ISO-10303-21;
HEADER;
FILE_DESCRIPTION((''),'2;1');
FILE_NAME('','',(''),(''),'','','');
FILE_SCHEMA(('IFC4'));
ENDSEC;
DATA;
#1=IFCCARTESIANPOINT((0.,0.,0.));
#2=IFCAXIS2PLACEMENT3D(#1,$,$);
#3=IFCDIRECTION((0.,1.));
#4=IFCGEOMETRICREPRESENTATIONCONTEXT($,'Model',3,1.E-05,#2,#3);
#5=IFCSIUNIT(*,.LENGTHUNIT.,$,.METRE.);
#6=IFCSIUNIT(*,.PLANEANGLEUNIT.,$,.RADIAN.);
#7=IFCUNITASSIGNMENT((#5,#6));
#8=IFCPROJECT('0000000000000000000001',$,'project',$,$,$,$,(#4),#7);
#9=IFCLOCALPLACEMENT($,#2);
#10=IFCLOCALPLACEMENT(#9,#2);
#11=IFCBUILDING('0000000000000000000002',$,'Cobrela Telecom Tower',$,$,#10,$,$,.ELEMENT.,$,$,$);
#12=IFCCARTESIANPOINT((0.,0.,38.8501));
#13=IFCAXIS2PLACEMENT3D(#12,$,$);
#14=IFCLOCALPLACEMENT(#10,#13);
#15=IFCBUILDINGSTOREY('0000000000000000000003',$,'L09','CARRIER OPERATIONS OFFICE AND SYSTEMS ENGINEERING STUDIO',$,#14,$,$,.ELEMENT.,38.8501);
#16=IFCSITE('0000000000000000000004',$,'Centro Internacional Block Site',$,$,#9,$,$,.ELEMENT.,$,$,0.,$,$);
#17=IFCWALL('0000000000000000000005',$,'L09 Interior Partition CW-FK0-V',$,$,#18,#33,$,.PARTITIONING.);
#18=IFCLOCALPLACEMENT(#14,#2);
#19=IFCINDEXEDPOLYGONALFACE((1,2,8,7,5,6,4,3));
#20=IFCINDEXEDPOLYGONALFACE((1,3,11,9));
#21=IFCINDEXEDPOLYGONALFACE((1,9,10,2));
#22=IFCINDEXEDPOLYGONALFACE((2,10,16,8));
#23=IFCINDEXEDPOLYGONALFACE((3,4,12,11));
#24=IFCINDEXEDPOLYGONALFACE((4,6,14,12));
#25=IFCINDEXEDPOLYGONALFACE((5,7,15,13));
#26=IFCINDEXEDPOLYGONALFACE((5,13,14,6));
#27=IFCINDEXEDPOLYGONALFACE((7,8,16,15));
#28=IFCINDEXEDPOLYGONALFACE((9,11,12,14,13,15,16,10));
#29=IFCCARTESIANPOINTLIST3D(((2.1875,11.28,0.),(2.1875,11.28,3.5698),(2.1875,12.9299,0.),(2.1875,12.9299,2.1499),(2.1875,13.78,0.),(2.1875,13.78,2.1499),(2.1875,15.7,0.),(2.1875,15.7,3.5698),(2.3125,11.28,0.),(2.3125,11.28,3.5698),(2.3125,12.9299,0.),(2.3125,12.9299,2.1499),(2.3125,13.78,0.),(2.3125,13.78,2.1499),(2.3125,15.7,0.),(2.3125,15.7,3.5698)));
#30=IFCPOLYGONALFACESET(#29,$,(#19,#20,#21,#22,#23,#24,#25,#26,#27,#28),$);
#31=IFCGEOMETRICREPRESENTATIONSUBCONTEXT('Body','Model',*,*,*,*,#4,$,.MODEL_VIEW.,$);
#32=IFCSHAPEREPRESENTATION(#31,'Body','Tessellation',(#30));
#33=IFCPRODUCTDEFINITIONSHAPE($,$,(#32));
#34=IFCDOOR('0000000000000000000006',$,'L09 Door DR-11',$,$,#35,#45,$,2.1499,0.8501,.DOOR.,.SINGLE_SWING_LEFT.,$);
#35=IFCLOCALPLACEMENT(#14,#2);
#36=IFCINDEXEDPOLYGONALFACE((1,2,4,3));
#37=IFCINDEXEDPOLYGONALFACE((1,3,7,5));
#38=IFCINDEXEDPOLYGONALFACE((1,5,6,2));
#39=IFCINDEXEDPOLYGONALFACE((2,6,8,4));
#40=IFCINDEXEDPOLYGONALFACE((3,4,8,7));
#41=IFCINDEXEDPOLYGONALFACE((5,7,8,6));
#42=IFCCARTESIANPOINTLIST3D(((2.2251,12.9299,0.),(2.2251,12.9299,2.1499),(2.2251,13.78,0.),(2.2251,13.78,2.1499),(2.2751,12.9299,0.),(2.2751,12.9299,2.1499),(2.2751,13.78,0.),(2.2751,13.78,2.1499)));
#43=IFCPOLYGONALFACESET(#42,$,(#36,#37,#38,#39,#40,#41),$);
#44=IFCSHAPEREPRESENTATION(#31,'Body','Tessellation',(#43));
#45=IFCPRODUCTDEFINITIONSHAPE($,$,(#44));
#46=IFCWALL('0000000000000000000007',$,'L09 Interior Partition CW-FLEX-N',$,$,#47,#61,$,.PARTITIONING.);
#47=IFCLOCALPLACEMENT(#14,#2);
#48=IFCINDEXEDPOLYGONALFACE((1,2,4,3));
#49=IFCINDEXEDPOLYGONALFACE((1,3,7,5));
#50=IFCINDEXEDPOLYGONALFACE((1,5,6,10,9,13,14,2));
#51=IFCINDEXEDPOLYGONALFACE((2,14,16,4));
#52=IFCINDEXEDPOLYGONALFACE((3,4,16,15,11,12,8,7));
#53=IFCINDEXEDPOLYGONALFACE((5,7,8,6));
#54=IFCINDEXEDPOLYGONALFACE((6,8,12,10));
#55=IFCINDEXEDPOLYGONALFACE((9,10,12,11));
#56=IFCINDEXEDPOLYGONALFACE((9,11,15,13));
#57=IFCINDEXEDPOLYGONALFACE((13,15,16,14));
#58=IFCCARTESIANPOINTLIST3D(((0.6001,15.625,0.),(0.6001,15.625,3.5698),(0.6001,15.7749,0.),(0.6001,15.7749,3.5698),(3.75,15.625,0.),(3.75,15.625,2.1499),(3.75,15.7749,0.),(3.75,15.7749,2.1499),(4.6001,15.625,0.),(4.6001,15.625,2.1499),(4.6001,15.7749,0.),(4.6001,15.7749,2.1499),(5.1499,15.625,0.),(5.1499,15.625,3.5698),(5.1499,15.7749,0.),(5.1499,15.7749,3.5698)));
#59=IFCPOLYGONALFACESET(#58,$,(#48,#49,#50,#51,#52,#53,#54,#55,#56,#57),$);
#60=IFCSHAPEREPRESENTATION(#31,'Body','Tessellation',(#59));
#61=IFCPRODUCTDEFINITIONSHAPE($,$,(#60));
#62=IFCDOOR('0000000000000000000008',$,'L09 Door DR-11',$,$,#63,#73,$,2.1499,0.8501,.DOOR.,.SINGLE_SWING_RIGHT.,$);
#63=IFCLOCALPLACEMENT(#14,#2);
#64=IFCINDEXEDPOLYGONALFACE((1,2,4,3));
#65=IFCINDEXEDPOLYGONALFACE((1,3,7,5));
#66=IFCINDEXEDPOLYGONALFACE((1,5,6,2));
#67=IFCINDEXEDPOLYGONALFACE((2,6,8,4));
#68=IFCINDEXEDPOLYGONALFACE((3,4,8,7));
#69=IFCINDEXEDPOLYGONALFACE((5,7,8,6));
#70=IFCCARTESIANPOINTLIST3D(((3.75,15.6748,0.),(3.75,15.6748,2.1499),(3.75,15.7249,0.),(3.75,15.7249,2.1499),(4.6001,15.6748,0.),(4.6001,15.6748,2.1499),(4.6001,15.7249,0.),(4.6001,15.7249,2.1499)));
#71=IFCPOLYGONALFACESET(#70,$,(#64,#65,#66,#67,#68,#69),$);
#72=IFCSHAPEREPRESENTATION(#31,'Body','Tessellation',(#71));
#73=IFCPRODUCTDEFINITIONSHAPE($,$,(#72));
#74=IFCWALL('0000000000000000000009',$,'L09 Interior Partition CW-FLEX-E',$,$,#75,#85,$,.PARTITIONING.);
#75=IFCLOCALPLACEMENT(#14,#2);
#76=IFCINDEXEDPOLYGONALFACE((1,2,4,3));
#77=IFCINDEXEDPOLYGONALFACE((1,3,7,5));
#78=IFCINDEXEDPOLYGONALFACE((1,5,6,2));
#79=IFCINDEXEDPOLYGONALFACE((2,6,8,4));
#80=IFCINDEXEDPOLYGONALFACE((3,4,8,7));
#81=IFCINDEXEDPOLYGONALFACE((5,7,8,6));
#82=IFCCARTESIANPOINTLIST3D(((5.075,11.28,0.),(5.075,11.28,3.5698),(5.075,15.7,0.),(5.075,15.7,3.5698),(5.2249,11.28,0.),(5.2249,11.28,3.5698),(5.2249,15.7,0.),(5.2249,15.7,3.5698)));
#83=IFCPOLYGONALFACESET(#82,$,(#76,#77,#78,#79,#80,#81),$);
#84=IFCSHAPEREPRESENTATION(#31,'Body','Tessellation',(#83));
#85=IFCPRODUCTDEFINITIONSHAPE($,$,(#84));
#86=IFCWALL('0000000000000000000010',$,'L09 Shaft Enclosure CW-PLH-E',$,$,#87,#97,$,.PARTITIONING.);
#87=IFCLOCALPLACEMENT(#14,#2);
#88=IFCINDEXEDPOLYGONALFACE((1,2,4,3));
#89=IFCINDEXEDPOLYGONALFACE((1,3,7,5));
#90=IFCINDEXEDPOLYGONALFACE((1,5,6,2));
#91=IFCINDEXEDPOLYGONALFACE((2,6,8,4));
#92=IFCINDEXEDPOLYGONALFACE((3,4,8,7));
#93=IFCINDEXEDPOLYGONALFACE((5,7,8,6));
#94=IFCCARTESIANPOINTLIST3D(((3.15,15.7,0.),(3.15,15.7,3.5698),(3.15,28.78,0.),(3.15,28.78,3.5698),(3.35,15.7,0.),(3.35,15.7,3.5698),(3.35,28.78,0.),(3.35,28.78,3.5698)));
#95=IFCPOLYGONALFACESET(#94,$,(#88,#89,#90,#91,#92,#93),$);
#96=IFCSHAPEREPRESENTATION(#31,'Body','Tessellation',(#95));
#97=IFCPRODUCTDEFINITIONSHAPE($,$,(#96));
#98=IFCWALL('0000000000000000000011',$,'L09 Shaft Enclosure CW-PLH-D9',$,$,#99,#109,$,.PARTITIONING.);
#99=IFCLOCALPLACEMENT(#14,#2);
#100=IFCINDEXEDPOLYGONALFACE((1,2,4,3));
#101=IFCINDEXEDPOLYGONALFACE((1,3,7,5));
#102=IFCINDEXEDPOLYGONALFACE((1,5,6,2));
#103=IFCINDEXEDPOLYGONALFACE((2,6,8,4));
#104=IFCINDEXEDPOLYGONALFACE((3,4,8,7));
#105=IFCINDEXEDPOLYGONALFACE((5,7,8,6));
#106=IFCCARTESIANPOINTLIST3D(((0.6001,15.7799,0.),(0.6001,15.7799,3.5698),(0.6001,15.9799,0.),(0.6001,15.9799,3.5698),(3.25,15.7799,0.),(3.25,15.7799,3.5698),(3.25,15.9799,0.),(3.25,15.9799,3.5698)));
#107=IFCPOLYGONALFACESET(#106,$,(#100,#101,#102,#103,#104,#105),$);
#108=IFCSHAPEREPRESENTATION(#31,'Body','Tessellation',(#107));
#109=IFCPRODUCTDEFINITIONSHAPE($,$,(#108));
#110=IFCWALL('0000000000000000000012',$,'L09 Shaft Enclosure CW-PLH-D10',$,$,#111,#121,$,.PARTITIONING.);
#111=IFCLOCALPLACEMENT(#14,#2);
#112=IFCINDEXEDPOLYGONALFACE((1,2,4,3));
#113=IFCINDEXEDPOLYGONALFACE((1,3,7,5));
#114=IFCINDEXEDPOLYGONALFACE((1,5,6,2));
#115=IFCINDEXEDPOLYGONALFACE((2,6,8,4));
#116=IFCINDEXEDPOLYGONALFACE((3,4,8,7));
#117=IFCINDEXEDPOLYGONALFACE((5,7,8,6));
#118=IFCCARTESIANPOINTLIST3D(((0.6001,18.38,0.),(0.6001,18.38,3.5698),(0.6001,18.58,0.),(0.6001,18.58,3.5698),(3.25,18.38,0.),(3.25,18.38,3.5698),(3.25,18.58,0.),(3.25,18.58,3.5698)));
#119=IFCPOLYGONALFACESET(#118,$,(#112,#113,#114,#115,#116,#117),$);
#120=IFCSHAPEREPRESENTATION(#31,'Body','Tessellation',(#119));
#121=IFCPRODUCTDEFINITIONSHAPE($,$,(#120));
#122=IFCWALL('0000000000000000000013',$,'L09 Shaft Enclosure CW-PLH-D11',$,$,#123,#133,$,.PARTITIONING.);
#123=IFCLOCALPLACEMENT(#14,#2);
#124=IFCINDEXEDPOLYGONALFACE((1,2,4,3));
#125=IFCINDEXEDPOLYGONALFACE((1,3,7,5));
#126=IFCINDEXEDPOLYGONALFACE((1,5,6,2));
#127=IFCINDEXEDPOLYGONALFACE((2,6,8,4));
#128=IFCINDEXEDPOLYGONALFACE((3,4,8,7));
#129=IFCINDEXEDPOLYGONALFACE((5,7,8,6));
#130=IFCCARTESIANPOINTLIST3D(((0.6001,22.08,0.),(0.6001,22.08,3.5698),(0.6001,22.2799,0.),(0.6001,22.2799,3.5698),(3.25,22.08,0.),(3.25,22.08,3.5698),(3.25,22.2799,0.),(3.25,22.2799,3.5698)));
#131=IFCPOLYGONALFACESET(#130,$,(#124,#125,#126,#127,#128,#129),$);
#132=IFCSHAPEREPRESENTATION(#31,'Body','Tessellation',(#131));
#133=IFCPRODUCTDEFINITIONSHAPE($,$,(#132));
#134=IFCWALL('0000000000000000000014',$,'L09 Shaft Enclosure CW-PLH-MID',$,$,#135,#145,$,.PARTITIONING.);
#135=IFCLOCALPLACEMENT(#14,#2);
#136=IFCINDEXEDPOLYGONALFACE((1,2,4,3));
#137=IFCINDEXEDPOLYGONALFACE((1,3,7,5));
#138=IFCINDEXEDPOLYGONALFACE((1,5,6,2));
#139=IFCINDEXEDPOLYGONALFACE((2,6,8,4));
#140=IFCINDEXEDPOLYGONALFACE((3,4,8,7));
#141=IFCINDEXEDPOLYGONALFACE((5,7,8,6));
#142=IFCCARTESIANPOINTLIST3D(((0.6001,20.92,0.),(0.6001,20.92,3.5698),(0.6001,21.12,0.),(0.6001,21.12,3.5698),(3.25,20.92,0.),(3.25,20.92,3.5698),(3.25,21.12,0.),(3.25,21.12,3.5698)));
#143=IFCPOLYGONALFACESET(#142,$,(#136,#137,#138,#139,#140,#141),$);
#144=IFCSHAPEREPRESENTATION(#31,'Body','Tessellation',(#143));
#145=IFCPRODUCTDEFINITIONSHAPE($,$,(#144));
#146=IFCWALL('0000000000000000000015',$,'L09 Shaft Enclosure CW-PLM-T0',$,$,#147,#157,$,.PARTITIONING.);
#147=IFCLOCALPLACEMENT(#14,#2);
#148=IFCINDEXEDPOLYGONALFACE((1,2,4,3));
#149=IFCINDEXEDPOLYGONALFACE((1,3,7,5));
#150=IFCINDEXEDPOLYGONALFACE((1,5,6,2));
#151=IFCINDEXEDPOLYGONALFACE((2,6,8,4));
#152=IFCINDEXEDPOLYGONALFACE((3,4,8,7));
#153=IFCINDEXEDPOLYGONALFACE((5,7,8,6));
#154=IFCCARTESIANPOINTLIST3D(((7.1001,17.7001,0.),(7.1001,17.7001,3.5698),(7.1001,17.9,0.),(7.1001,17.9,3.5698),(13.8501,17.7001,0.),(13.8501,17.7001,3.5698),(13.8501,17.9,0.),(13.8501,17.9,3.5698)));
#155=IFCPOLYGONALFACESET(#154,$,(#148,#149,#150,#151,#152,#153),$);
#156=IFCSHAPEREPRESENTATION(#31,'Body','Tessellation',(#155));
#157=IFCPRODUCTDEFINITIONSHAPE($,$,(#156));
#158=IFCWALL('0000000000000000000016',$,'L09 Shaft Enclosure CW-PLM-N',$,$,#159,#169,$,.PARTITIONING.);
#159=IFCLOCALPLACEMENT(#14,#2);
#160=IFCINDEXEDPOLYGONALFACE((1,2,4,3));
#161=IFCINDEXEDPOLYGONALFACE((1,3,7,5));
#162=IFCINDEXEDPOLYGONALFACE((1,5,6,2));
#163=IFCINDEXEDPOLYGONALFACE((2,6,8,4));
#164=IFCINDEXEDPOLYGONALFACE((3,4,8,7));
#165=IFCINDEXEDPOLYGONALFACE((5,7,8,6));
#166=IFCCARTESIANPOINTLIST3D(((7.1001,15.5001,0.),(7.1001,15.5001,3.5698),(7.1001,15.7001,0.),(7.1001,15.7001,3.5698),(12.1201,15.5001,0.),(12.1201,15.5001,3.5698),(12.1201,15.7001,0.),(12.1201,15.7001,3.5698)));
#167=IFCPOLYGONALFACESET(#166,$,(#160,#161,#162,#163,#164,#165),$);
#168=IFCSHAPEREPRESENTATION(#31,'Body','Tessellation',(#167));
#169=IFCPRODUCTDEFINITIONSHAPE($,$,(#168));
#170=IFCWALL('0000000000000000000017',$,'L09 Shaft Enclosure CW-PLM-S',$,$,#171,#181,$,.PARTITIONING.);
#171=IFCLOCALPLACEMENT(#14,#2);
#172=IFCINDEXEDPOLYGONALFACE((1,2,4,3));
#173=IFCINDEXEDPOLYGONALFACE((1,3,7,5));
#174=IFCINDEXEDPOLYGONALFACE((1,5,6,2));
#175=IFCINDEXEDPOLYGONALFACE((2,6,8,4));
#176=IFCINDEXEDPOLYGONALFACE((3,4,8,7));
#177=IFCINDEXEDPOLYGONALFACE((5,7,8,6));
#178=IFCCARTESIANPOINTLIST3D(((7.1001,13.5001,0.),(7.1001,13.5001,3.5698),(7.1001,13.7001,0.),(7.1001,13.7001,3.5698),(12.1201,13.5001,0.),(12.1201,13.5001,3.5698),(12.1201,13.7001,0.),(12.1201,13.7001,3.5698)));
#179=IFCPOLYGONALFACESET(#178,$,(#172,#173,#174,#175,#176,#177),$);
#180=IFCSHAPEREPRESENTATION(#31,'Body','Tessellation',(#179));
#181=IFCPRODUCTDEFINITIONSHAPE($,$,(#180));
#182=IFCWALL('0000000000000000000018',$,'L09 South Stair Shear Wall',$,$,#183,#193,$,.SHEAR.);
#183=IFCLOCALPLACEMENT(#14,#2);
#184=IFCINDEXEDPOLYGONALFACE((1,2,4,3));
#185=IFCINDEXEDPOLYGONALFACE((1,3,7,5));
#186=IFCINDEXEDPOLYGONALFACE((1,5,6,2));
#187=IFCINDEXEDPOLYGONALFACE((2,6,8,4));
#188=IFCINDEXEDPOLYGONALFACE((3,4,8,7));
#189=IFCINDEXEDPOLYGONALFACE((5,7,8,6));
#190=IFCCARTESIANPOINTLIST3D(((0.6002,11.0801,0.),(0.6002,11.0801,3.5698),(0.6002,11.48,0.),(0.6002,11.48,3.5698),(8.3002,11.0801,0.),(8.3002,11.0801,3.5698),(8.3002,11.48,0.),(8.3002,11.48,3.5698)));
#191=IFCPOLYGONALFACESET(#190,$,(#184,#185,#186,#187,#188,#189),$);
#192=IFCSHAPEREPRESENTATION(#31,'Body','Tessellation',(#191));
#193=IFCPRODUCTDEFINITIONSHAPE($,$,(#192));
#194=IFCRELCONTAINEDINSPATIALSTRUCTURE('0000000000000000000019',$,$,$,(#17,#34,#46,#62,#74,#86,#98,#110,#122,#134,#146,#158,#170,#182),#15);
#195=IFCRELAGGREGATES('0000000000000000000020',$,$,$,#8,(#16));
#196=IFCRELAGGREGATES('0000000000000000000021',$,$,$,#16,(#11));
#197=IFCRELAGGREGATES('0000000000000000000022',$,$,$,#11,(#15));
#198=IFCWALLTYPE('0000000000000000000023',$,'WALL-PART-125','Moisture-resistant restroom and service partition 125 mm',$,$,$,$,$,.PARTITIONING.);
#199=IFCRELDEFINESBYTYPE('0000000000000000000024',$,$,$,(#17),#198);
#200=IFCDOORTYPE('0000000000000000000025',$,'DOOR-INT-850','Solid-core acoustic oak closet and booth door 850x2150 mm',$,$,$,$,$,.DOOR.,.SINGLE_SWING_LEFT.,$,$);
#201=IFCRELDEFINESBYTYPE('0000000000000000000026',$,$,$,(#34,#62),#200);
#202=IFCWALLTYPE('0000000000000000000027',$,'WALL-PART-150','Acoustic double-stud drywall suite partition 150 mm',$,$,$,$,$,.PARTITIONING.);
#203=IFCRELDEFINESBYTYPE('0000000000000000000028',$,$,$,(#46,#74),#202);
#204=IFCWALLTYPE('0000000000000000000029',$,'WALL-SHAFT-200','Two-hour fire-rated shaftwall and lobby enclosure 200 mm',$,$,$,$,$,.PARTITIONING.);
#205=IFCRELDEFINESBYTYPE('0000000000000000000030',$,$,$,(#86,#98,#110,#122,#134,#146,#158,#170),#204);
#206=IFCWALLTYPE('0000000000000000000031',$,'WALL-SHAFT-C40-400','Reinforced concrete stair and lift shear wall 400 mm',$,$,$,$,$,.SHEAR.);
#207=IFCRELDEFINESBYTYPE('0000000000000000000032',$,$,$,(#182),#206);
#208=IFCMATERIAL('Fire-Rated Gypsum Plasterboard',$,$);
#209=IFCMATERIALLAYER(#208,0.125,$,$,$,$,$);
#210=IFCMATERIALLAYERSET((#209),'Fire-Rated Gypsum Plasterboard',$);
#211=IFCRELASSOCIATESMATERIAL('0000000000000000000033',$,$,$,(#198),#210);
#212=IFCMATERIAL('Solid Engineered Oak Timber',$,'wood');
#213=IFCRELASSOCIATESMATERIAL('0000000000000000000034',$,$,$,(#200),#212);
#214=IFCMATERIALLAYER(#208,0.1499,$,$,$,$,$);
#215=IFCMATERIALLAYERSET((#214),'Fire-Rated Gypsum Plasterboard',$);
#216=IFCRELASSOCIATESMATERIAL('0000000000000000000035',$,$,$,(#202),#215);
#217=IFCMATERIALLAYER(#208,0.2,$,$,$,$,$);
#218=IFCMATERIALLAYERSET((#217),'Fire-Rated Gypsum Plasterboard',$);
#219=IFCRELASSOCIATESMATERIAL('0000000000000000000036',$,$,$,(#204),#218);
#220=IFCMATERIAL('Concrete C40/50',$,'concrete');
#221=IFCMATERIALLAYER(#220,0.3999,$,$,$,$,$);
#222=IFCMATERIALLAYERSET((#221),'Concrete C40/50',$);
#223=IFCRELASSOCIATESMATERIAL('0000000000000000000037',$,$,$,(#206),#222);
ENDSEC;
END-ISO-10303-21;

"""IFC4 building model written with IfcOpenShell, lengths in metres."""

from ifc_helpers import new_model, si_unit, direction, frame, frame_2d, origin, place, context, subcontext, project, spatial, rectangle, extrude, material, layer, layer_set, type_object, element, fill, save


model = new_model("IFC4")

# Units and contexts
model_context = context("Model", 3, precision=1e-05, world=origin(), true_north=direction((0.0, 1.0)))
body_context = subcontext(model_context, "Body", "Model", "MODEL_VIEW")
ifc_project = project(units=[si_unit("LENGTHUNIT", "METRE"), si_unit("PLANEANGLEUNIT", "RADIAN")], contexts=[model_context])

# Site, building, storey
site_placement = place(None, origin())
site = spatial("IfcSite", under=ifc_project, at=site_placement, Name="Centro Internacional Block Site", CompositionType="ELEMENT", RefElevation=0.0)
building_placement = place(site_placement, origin())
building = spatial("IfcBuilding", under=site, at=building_placement, Name="Cobrela Telecom Tower", CompositionType="ELEMENT")
storey_placement = place(building_placement, frame((0.0, 0.0, 38.8501)))
storey = spatial("IfcBuildingStorey", under=building, at=storey_placement, Name="L09", Description="CARRIER OPERATIONS OFFICE AND SYSTEMS ENGINEERING STUDIO", CompositionType="ELEMENT", Elevation=38.8501)

# Walls, openings, doors
ifc_material_1 = material(Name="Fire-Rated Gypsum Plasterboard")
ifc_layer_1 = layer(ifc_material_1, 0.125)
ifc_layer_set_1 = layer_set([ifc_layer_1], Name="Fire-Rated Gypsum Plasterboard")
wall_type_1 = type_object("IfcWallType", Name="WALL-PART-125", Description="Moisture-resistant restroom and service partition 125 mm", PredefinedType="PARTITIONING", material=ifc_layer_set_1)
wall_1_placement = place(storey_placement, frame((2.25, 11.28, 0.0), z_axis=(0.0, 0.0, 1.0), x_axis=(0.0, 1.0, 0.0)))
wall_1 = element("IfcWall", 1, at=wall_1_placement, inside=storey, type_object=wall_type_1, Name="L09 Interior Partition CW-FK0-V", PredefinedType="PARTITIONING", context=body_context, shape_type="SweptSolid", body=[
    extrude(rectangle(XDim=4.4199, YDim=0.125, at=frame_2d((2.21, 0.0))), origin(), (0.0, 0.0, 1.0), 3.5698),
])
opening_1_placement = place(wall_1_placement, frame((1.6499, 0.0, 0.0)))
opening_1 = element("IfcOpeningElement", 2, at=opening_1_placement, cuts=wall_1, PredefinedType="OPENING", context=body_context, shape_type="SweptSolid", body=[
    extrude(rectangle(XDim=0.8501, YDim=2.1499, at=frame_2d((0.425, 1.075))), frame((0.0, 0.0745, 0.0), z_axis=(0.0, -1.0, 0.0), x_axis=(1.0, 0.0, 0.0)), (0.0, 0.0, 1.0), 0.1489),
])
ifc_material_2 = material(Name="Solid Engineered Oak Timber", Category="wood")
door_type = type_object("IfcDoorType", Name="DOOR-INT-850", Description="Solid-core acoustic oak closet and booth door 850x2150 mm", OperationType="SINGLE_SWING_LEFT", PredefinedType="DOOR", material=ifc_material_2)
door_1_placement = place(opening_1_placement, origin())
door_1 = element("IfcDoor", 3, at=door_1_placement, inside=storey, type_object=door_type, Name="L09 Door DR-11", OperationType="SINGLE_SWING_LEFT", OverallHeight=2.1499, OverallWidth=0.8501, PredefinedType="DOOR", context=body_context, shape_type="SweptSolid", body=[
    extrude(rectangle(XDim=0.8501, YDim=2.1499, at=frame_2d((0.425, 1.075))), frame((0.0, 0.0249, 0.0), z_axis=(0.0, -1.0, 0.0), x_axis=(1.0, 0.0, 0.0)), (0.0, 0.0, 1.0), 0.05),
])
fill(opening_1, door_1)
ifc_layer_2 = layer(ifc_material_1, 0.1499)
ifc_layer_set_2 = layer_set([ifc_layer_2], Name="Fire-Rated Gypsum Plasterboard")
wall_type_2 = type_object("IfcWallType", Name="WALL-PART-150", Description="Acoustic double-stud drywall suite partition 150 mm", PredefinedType="PARTITIONING", material=ifc_layer_set_2)
wall_2_placement = place(storey_placement, frame((0.6001, 15.7, 0.0), z_axis=(0.0, 0.0, 1.0), x_axis=(1.0, 0.0, 0.0)))
wall_2 = element("IfcWall", 4, at=wall_2_placement, inside=storey, type_object=wall_type_2, Name="L09 Interior Partition CW-FLEX-N", PredefinedType="PARTITIONING", context=body_context, shape_type="SweptSolid", body=[
    extrude(rectangle(XDim=4.5498, YDim=0.1499, at=frame_2d((2.2749, 0.0))), origin(), (0.0, 0.0, 1.0), 3.5698),
])
opening_2_placement = place(wall_2_placement, frame((3.1499, 0.0, 0.0)))
opening_2 = element("IfcOpeningElement", 5, at=opening_2_placement, cuts=wall_2, PredefinedType="OPENING", context=body_context, shape_type="SweptSolid", body=[
    extrude(rectangle(XDim=0.8501, YDim=2.1499, at=frame_2d((0.425, 1.075))), frame((0.0, 0.0869, 0.0), z_axis=(0.0, -1.0, 0.0), x_axis=(1.0, 0.0, 0.0)), (0.0, 0.0, 1.0), 0.1738),
])
door_2_placement = place(opening_2_placement, origin())
door_2 = element("IfcDoor", 6, at=door_2_placement, inside=storey, type_object=door_type, Name="L09 Door DR-11", OperationType="SINGLE_SWING_RIGHT", OverallHeight=2.1499, OverallWidth=0.8501, PredefinedType="DOOR", context=body_context, shape_type="SweptSolid", body=[
    extrude(rectangle(XDim=0.8501, YDim=2.1499, at=frame_2d((0.425, 1.075))), frame((0.0, 0.0249, 0.0), z_axis=(0.0, -1.0, 0.0), x_axis=(1.0, 0.0, 0.0)), (0.0, 0.0, 1.0), 0.05),
])
fill(opening_2, door_2)

# Walls
wall_3_placement = place(storey_placement, frame((5.1499, 11.28, 0.0), z_axis=(0.0, 0.0, 1.0), x_axis=(0.0, 1.0, 0.0)))
element("IfcWall", 7, at=wall_3_placement, inside=storey, type_object=wall_type_2, Name="L09 Interior Partition CW-FLEX-E", PredefinedType="PARTITIONING", context=body_context, shape_type="SweptSolid", body=[
    extrude(rectangle(XDim=4.4199, YDim=0.1499, at=frame_2d((2.21, 0.0))), origin(), (0.0, 0.0, 1.0), 3.5698),
])
ifc_layer_3 = layer(ifc_material_1, 0.2)
ifc_layer_set_3 = layer_set([ifc_layer_3], Name="Fire-Rated Gypsum Plasterboard")
wall_type_3 = type_object("IfcWallType", Name="WALL-SHAFT-200", Description="Two-hour fire-rated shaftwall and lobby enclosure 200 mm", PredefinedType="PARTITIONING", material=ifc_layer_set_3)
wall_4_placement = place(storey_placement, frame((3.25, 15.7, 0.0), z_axis=(0.0, 0.0, 1.0), x_axis=(0.0, 1.0, 0.0)))
element("IfcWall", 8, at=wall_4_placement, inside=storey, type_object=wall_type_3, Name="L09 Shaft Enclosure CW-PLH-E", PredefinedType="PARTITIONING", context=body_context, shape_type="SweptSolid", body=[
    extrude(rectangle(XDim=13.0801, YDim=0.2, at=frame_2d((6.54, 0.0))), origin(), (0.0, 0.0, 1.0), 3.5698),
])
for number, where, z_axis, x_axis, name in (
    (9, (0.6001, 15.8799, 0.0), (0.0, 0.0, 1.0), (1.0, 0.0, 0.0), "L09 Shaft Enclosure CW-PLH-D9"),
    (10, (0.6001, 18.48, 0.0), (0.0, 0.0, 1.0), (1.0, 0.0, 0.0), "L09 Shaft Enclosure CW-PLH-D10"),
    (11, (0.6001, 22.1799, 0.0), (0.0, 0.0, 1.0), (1.0, 0.0, 0.0), "L09 Shaft Enclosure CW-PLH-D11"),
    (12, (0.6001, 21.02, 0.0), (0.0, 0.0, 1.0), (1.0, 0.0, 0.0), "L09 Shaft Enclosure CW-PLH-MID"),
):
    element("IfcWall", number, at=place(storey_placement, frame(where, z_axis=z_axis, x_axis=x_axis)), inside=storey, type_object=wall_type_3, Name=name, PredefinedType="PARTITIONING", context=body_context, shape_type="SweptSolid", body=[
        extrude(rectangle(XDim=2.6499, YDim=0.2, at=frame_2d((1.325, 0.0))), origin(), (0.0, 0.0, 1.0), 3.5698),
    ])
wall_5_placement = place(storey_placement, frame((7.1001, 17.8, 0.0), z_axis=(0.0, 0.0, 1.0), x_axis=(1.0, 0.0, 0.0)))
element("IfcWall", 13, at=wall_5_placement, inside=storey, type_object=wall_type_3, Name="L09 Shaft Enclosure CW-PLM-T0", PredefinedType="PARTITIONING", context=body_context, shape_type="SweptSolid", body=[
    extrude(rectangle(XDim=6.75, YDim=0.2, at=frame_2d((3.375, 0.0))), origin(), (0.0, 0.0, 1.0), 3.5698),
])
for number, where, z_axis, x_axis, name in (
    (14, (7.1001, 15.6001, 0.0), (0.0, 0.0, 1.0), (1.0, 0.0, 0.0), "L09 Shaft Enclosure CW-PLM-N"),
    (15, (7.1001, 13.6001, 0.0), (0.0, 0.0, 1.0), (1.0, 0.0, 0.0), "L09 Shaft Enclosure CW-PLM-S"),
):
    element("IfcWall", number, at=place(storey_placement, frame(where, z_axis=z_axis, x_axis=x_axis)), inside=storey, type_object=wall_type_3, Name=name, PredefinedType="PARTITIONING", context=body_context, shape_type="SweptSolid", body=[
        extrude(rectangle(XDim=5.02, YDim=0.2, at=frame_2d((2.51, 0.0))), origin(), (0.0, 0.0, 1.0), 3.5698),
    ])
ifc_material_3 = material(Name="Concrete C40/50", Category="concrete")
ifc_layer_4 = layer(ifc_material_3, 0.3999)
ifc_layer_set_4 = layer_set([ifc_layer_4], Name="Concrete C40/50")
wall_type_4 = type_object("IfcWallType", Name="WALL-SHAFT-C40-400", Description="Reinforced concrete stair and lift shear wall 400 mm", PredefinedType="SHEAR", material=ifc_layer_set_4)
wall_6_placement = place(storey_placement, frame((0.6001, 11.28, 0.0), z_axis=(0.0, 0.0, 1.0), x_axis=(1.0, 0.0, 0.0)))
element("IfcWall", 16, at=wall_6_placement, inside=storey, type_object=wall_type_4, Name="L09 South Stair Shear Wall", PredefinedType="SHEAR", context=body_context, shape_type="SweptSolid", body=[
    extrude(rectangle(XDim=7.7, YDim=0.3999, at=frame_2d((3.8501, 0.0))), origin(), (0.0, 0.0, 1.0), 3.5698),
])

save(model, "model.ifc")
